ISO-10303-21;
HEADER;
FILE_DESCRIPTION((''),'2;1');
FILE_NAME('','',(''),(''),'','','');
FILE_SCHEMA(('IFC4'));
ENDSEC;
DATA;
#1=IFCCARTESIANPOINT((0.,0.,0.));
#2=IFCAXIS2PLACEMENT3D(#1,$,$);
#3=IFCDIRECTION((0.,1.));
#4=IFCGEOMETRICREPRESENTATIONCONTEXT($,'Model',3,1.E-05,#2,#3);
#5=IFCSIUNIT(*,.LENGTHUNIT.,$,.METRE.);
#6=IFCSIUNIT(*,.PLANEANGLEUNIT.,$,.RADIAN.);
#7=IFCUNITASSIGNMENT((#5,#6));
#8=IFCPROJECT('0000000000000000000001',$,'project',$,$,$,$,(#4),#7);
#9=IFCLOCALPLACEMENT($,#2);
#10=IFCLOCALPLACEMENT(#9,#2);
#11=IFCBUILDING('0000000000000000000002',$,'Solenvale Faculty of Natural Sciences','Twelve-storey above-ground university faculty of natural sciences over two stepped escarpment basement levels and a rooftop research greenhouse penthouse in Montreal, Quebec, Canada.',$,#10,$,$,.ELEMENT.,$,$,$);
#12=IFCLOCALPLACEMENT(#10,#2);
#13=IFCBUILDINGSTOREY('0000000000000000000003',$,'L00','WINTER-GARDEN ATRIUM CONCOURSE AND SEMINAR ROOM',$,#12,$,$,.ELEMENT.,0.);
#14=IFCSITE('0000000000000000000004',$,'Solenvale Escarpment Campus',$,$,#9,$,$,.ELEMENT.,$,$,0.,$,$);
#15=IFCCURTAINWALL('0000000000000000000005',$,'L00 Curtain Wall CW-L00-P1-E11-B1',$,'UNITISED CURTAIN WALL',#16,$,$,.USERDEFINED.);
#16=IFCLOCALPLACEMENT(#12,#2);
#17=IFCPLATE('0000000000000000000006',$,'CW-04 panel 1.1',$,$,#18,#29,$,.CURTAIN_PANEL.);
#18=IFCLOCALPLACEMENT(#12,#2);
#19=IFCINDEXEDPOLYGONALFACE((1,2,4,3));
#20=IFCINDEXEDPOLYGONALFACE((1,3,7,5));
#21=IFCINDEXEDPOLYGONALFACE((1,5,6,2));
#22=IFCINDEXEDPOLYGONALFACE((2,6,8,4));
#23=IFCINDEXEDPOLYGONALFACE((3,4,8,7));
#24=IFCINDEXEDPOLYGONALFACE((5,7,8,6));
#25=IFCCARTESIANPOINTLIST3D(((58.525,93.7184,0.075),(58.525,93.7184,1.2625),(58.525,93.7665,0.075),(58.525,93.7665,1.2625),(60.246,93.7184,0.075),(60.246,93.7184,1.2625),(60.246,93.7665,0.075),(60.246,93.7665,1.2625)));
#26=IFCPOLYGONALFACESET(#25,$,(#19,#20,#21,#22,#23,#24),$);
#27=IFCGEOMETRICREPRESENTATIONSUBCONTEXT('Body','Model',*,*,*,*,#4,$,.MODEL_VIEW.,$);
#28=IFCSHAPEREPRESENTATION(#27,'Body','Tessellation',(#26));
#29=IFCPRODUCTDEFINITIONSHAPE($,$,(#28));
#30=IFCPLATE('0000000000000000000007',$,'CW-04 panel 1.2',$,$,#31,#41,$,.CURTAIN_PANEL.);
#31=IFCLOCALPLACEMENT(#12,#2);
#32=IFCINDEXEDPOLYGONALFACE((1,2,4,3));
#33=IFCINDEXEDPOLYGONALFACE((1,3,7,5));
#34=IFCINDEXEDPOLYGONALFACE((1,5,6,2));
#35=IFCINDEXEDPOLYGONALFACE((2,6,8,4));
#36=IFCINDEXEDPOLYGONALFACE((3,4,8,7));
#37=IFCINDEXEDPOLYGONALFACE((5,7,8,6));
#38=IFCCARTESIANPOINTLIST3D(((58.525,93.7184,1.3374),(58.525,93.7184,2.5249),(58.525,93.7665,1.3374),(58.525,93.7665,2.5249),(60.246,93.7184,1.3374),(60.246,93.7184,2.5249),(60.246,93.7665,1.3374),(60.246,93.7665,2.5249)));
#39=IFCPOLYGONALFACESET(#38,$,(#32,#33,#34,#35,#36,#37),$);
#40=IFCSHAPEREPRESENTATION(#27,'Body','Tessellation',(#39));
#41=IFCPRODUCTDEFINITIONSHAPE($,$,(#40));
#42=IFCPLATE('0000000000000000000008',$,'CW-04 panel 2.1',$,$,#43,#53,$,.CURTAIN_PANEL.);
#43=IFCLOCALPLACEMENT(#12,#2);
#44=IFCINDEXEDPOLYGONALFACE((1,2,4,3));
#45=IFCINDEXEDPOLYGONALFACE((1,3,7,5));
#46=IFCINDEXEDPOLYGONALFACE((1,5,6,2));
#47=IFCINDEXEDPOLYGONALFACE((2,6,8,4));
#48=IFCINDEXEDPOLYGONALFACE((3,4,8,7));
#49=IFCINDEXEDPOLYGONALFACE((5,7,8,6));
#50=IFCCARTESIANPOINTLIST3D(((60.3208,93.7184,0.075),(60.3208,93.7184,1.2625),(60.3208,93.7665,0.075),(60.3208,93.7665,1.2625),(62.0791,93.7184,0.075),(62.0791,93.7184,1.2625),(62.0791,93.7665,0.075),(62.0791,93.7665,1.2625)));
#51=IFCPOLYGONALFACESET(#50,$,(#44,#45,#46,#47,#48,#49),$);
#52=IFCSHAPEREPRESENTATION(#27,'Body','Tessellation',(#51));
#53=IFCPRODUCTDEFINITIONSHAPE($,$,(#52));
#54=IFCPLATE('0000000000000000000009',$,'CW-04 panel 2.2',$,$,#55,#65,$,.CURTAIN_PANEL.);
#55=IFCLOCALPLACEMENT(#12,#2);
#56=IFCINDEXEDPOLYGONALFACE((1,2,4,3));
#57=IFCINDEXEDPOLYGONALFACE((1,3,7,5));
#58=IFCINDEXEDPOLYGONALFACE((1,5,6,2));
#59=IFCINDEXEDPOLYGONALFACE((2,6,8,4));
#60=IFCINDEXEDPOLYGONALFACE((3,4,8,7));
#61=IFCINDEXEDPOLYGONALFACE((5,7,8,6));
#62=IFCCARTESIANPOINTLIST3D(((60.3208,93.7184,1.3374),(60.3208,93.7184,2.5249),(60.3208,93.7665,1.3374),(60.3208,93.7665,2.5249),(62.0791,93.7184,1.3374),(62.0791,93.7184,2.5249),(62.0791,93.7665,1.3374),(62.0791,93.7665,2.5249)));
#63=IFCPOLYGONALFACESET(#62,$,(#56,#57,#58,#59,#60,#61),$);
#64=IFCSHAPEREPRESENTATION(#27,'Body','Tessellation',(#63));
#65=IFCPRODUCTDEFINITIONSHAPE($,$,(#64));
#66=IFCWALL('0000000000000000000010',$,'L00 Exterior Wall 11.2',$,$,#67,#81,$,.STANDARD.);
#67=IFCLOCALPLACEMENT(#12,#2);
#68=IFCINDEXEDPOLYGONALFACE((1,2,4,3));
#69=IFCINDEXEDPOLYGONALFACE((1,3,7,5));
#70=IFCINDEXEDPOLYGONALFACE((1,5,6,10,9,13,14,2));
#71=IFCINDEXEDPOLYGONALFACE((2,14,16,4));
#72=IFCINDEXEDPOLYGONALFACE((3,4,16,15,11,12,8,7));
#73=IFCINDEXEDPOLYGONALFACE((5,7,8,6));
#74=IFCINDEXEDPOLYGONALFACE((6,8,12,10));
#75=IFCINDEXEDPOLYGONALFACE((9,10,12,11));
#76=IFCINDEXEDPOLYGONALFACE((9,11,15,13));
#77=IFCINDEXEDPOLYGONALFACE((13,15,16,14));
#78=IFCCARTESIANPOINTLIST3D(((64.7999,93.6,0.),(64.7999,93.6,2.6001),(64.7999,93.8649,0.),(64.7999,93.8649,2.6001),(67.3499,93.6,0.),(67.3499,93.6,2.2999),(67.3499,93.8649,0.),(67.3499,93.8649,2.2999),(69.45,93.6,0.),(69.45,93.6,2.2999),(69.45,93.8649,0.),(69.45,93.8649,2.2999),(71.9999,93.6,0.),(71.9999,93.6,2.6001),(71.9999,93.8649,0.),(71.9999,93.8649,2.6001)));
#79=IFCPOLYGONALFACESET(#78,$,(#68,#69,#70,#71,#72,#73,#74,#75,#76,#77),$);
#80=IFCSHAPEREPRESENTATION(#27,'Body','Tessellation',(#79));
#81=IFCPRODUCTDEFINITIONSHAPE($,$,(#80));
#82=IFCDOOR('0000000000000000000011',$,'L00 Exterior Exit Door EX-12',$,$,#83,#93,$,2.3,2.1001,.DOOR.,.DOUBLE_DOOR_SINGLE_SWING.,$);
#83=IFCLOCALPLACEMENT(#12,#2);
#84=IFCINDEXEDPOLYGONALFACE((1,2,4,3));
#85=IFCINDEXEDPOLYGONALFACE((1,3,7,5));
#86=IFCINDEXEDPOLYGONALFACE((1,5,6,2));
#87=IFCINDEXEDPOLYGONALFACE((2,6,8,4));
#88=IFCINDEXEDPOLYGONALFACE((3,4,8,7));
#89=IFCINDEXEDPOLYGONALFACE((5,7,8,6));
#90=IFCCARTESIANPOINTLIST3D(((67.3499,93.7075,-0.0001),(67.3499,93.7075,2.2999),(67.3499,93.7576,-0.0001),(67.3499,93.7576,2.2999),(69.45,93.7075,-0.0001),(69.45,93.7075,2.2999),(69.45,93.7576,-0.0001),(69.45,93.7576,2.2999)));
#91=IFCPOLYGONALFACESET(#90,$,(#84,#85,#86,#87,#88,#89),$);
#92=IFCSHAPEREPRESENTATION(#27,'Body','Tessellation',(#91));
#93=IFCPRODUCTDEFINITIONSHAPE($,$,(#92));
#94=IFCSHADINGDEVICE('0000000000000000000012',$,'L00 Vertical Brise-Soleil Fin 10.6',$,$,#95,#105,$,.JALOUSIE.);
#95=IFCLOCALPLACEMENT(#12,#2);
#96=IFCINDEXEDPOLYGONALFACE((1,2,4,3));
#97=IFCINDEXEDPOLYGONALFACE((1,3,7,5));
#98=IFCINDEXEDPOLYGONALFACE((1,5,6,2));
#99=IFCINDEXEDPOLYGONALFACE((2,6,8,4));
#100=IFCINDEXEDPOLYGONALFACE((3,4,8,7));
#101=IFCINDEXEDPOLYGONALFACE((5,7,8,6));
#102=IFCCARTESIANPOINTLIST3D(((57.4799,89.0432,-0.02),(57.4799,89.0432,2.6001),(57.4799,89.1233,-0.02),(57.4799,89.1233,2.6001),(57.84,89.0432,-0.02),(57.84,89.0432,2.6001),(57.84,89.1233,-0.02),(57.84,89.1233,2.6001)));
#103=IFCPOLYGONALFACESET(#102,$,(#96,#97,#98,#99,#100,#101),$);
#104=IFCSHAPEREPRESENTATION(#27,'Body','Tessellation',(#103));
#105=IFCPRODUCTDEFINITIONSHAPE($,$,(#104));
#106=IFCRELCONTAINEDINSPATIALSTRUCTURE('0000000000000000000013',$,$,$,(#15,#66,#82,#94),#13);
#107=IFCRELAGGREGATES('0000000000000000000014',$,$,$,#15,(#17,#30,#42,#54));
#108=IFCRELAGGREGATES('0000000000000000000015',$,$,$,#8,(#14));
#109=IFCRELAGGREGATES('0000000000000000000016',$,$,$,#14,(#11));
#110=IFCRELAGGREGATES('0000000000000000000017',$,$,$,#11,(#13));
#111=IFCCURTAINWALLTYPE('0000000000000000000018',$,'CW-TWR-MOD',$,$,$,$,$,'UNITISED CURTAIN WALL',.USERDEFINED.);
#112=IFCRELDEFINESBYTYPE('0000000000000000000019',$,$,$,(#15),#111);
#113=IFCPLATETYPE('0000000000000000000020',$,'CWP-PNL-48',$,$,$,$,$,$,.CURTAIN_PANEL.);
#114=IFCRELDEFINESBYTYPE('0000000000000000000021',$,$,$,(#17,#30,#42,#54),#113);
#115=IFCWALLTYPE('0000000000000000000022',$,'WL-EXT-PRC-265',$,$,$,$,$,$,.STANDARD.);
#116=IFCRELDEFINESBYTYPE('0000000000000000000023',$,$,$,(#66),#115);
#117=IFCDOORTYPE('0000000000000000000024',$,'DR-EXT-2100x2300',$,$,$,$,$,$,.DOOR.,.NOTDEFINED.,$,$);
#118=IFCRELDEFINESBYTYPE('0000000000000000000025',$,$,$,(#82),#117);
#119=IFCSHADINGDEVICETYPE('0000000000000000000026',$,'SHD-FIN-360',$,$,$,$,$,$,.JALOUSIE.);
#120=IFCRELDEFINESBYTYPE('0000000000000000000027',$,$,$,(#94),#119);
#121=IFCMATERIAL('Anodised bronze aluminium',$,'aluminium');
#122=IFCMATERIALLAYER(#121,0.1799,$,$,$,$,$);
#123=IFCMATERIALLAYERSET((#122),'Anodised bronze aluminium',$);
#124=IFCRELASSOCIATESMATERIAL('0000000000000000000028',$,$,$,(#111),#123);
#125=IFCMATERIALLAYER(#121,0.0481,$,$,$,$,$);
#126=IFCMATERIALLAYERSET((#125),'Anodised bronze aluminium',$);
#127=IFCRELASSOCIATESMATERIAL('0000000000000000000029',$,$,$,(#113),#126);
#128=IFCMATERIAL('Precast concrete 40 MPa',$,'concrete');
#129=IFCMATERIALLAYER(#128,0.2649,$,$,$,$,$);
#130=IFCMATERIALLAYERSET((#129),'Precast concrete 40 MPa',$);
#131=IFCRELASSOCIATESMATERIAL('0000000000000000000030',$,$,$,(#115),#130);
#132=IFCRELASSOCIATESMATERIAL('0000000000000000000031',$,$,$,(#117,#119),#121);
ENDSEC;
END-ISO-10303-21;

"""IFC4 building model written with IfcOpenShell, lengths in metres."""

from ifc_helpers import new_model, si_unit, direction, frame, frame_2d, origin, origin_2d, place, context, subcontext, project, spatial, rectangle, extrude, material, layer, layer_set, material_profile, profile_set, type_object, element, fill, aggregate, save


model = new_model("IFC4")

# Units and contexts
model_context = context("Model", 3, precision=1e-05, world=origin(), true_north=direction((0.0, 1.0)))
body_context = subcontext(model_context, "Body", "Model", "MODEL_VIEW")
ifc_project = project(units=[si_unit("LENGTHUNIT", "METRE"), si_unit("PLANEANGLEUNIT", "RADIAN")], contexts=[model_context])

# Site, building, storey
site_placement = place(None, origin())
site = spatial("IfcSite", under=ifc_project, at=site_placement, Name="Solenvale Escarpment Campus", CompositionType="ELEMENT", RefElevation=0.0)
building_placement = place(site_placement, origin())
building = spatial("IfcBuilding", under=site, at=building_placement, Name="Solenvale Faculty of Natural Sciences", Description="Twelve-storey above-ground university faculty of natural sciences over two stepped escarpment basement levels and a rooftop research greenhouse penthouse in Montreal, Quebec, Canada.", CompositionType="ELEMENT")
storey_placement = place(building_placement, origin())
storey = spatial("IfcBuildingStorey", under=building, at=storey_placement, Name="L00", Description="WINTER-GARDEN ATRIUM CONCOURSE AND SEMINAR ROOM", CompositionType="ELEMENT", Elevation=0.0)

# Curtain wall, plates
ifc_material_1 = material(Name="Anodised bronze aluminium", Category="aluminium")
ifc_layer_1 = layer(ifc_material_1, 0.1799)
ifc_layer_set_1 = layer_set([ifc_layer_1], Name="Anodised bronze aluminium")
curtain_wall_type = type_object("IfcCurtainWallType", Name="CW-TWR-MOD", ElementType="UNITISED CURTAIN WALL", PredefinedType="USERDEFINED", material=ifc_layer_set_1)
curtain_wall_placement = place(storey_placement, origin())
curtain_wall = element("IfcCurtainWall", 1, at=curtain_wall_placement, inside=storey, type_object=curtain_wall_type, Name="L00 Curtain Wall CW-L00-P1-E11-B1", ObjectType="UNITISED CURTAIN WALL", PredefinedType="USERDEFINED")
ifc_layer_2 = layer(ifc_material_1, 0.0481)
ifc_layer_set_2 = layer_set([ifc_layer_2], Name="Anodised bronze aluminium")
plate_type = type_object("IfcPlateType", Name="CWP-PNL-48", PredefinedType="CURTAIN_PANEL", material=ifc_layer_set_2)
plate_1_placement = place(storey_placement, frame((59.3855, 93.7424, 0.075), z_axis=(0.0, 0.0, 1.0), x_axis=(1.0, 0.0, 0.0)))
plate_1 = element("IfcPlate", 2, at=plate_1_placement, type_object=plate_type, Name="CW-04 panel 1.1", PredefinedType="CURTAIN_PANEL", context=body_context, shape_type="SweptSolid", body=[
    extrude(rectangle(XDim=1.7209, YDim=0.0481, at=origin_2d()), origin(), (0.0, 0.0, 1.0), 1.1875),
])
plate_2_placement = place(storey_placement, frame((59.3855, 93.7424, 1.3374), z_axis=(0.0, 0.0, 1.0), x_axis=(1.0, 0.0, 0.0)))
plate_2 = element("IfcPlate", 3, at=plate_2_placement, type_object=plate_type, Name="CW-04 panel 1.2", PredefinedType="CURTAIN_PANEL", context=body_context, shape_type="SweptSolid", body=[
    extrude(rectangle(XDim=1.7209, YDim=0.0481, at=origin_2d()), origin(), (0.0, 0.0, 1.0), 1.1875),
])
plate_3_placement = place(storey_placement, frame((61.2, 93.7424, 0.075), z_axis=(0.0, 0.0, 1.0), x_axis=(1.0, 0.0, 0.0)))
plate_3 = element("IfcPlate", 4, at=plate_3_placement, type_object=plate_type, Name="CW-04 panel 2.1", PredefinedType="CURTAIN_PANEL", context=body_context, shape_type="SweptSolid", body=[
    extrude(rectangle(XDim=1.7583, YDim=0.0481, at=origin_2d()), origin(), (0.0, 0.0, 1.0), 1.1875),
])
plate_4_placement = place(storey_placement, frame((61.2, 93.7424, 1.3374), z_axis=(0.0, 0.0, 1.0), x_axis=(1.0, 0.0, 0.0)))
plate_4 = element("IfcPlate", 5, at=plate_4_placement, type_object=plate_type, Name="CW-04 panel 2.2", PredefinedType="CURTAIN_PANEL", context=body_context, shape_type="SweptSolid", body=[
    extrude(rectangle(XDim=1.7583, YDim=0.0481, at=origin_2d()), origin(), (0.0, 0.0, 1.0), 1.1875),
])
aggregate(curtain_wall, [plate_1, plate_2, plate_3, plate_4])

# Wall, opening, door
ifc_material_2 = material(Name="Precast concrete 40 MPa", Category="concrete")
ifc_layer_3 = layer(ifc_material_2, 0.2649)
ifc_layer_set_3 = layer_set([ifc_layer_3], Name="Precast concrete 40 MPa")
wall_type = type_object("IfcWallType", Name="WL-EXT-PRC-265", PredefinedType="STANDARD", material=ifc_layer_set_3)
wall_placement = place(storey_placement, frame((72.0, 93.7324, 0.0), z_axis=(0.0, 0.0, 1.0), x_axis=(-1.0, 0.0, 0.0)))
wall = element("IfcWall", 6, at=wall_placement, inside=storey, type_object=wall_type, Name="L00 Exterior Wall 11.2", PredefinedType="STANDARD", context=body_context, shape_type="SweptSolid", body=[
    extrude(rectangle(XDim=7.2, YDim=0.2649, at=frame_2d((3.6001, 0.0))), origin(), (0.0, 0.0, 1.0), 2.6001),
])
opening_placement = place(wall_placement, frame((2.55, 0.0, 0.0)))
opening = element("IfcOpeningElement", 7, at=opening_placement, cuts=wall, PredefinedType="OPENING", context=body_context, shape_type="SweptSolid", body=[
    extrude(rectangle(XDim=2.1001, YDim=2.3, at=frame_2d((1.05, 1.1499))), frame((0.0, 0.1423, 0.0), z_axis=(0.0, -1.0, 0.0), x_axis=(1.0, 0.0, 0.0)), (0.0, 0.0, 1.0), 0.2849),
])
door_type = type_object("IfcDoorType", Name="DR-EXT-2100x2300", OperationType="NOTDEFINED", PredefinedType="DOOR", material=ifc_material_1)
door_placement = place(opening_placement, origin())
door = element("IfcDoor", 8, at=door_placement, inside=storey, type_object=door_type, Name="L00 Exterior Exit Door EX-12", OperationType="DOUBLE_DOOR_SINGLE_SWING", OverallHeight=2.3, OverallWidth=2.1001, PredefinedType="DOOR", context=body_context, shape_type="SweptSolid", body=[
    extrude(rectangle(XDim=2.1001, YDim=2.3, at=frame_2d((1.05, 1.1499))), frame((0.0, 0.0249, 0.0), z_axis=(0.0, -1.0, 0.0), x_axis=(1.0, 0.0, 0.0)), (0.0, 0.0, 1.0), 0.05),
])
fill(opening, door)

# Shading device
ifc_material_profile_1 = material_profile(ifc_material_1, rectangle(XDim=0.0801, YDim=0.3601, at=origin_2d()), Name="ALU-FIN-80x360")
ifc_profile_set_1 = profile_set([ifc_material_profile_1], Name="Anodised bronze aluminium")
shading_device_type = type_object("IfcShadingDeviceType", Name="SHD-FIN-360", PredefinedType="JALOUSIE", material=ifc_profile_set_1)
shading_device_placement = place(storey_placement, frame((57.6599, 89.0833, -0.02), z_axis=(0.0, 0.0, 1.0), x_axis=(0.0, 1.0, 0.0)))
element("IfcShadingDevice", 9, at=shading_device_placement, inside=storey, type_object=shading_device_type, Name="L00 Vertical Brise-Soleil Fin 10.6", PredefinedType="JALOUSIE", context=body_context, shape_type="SweptSolid", body=[
    extrude(rectangle(XDim=0.0801, YDim=0.3601, at=origin_2d()), origin(), (0.0, 0.0, 1.0), 2.6201),
])

save(model, "model.ifc")
